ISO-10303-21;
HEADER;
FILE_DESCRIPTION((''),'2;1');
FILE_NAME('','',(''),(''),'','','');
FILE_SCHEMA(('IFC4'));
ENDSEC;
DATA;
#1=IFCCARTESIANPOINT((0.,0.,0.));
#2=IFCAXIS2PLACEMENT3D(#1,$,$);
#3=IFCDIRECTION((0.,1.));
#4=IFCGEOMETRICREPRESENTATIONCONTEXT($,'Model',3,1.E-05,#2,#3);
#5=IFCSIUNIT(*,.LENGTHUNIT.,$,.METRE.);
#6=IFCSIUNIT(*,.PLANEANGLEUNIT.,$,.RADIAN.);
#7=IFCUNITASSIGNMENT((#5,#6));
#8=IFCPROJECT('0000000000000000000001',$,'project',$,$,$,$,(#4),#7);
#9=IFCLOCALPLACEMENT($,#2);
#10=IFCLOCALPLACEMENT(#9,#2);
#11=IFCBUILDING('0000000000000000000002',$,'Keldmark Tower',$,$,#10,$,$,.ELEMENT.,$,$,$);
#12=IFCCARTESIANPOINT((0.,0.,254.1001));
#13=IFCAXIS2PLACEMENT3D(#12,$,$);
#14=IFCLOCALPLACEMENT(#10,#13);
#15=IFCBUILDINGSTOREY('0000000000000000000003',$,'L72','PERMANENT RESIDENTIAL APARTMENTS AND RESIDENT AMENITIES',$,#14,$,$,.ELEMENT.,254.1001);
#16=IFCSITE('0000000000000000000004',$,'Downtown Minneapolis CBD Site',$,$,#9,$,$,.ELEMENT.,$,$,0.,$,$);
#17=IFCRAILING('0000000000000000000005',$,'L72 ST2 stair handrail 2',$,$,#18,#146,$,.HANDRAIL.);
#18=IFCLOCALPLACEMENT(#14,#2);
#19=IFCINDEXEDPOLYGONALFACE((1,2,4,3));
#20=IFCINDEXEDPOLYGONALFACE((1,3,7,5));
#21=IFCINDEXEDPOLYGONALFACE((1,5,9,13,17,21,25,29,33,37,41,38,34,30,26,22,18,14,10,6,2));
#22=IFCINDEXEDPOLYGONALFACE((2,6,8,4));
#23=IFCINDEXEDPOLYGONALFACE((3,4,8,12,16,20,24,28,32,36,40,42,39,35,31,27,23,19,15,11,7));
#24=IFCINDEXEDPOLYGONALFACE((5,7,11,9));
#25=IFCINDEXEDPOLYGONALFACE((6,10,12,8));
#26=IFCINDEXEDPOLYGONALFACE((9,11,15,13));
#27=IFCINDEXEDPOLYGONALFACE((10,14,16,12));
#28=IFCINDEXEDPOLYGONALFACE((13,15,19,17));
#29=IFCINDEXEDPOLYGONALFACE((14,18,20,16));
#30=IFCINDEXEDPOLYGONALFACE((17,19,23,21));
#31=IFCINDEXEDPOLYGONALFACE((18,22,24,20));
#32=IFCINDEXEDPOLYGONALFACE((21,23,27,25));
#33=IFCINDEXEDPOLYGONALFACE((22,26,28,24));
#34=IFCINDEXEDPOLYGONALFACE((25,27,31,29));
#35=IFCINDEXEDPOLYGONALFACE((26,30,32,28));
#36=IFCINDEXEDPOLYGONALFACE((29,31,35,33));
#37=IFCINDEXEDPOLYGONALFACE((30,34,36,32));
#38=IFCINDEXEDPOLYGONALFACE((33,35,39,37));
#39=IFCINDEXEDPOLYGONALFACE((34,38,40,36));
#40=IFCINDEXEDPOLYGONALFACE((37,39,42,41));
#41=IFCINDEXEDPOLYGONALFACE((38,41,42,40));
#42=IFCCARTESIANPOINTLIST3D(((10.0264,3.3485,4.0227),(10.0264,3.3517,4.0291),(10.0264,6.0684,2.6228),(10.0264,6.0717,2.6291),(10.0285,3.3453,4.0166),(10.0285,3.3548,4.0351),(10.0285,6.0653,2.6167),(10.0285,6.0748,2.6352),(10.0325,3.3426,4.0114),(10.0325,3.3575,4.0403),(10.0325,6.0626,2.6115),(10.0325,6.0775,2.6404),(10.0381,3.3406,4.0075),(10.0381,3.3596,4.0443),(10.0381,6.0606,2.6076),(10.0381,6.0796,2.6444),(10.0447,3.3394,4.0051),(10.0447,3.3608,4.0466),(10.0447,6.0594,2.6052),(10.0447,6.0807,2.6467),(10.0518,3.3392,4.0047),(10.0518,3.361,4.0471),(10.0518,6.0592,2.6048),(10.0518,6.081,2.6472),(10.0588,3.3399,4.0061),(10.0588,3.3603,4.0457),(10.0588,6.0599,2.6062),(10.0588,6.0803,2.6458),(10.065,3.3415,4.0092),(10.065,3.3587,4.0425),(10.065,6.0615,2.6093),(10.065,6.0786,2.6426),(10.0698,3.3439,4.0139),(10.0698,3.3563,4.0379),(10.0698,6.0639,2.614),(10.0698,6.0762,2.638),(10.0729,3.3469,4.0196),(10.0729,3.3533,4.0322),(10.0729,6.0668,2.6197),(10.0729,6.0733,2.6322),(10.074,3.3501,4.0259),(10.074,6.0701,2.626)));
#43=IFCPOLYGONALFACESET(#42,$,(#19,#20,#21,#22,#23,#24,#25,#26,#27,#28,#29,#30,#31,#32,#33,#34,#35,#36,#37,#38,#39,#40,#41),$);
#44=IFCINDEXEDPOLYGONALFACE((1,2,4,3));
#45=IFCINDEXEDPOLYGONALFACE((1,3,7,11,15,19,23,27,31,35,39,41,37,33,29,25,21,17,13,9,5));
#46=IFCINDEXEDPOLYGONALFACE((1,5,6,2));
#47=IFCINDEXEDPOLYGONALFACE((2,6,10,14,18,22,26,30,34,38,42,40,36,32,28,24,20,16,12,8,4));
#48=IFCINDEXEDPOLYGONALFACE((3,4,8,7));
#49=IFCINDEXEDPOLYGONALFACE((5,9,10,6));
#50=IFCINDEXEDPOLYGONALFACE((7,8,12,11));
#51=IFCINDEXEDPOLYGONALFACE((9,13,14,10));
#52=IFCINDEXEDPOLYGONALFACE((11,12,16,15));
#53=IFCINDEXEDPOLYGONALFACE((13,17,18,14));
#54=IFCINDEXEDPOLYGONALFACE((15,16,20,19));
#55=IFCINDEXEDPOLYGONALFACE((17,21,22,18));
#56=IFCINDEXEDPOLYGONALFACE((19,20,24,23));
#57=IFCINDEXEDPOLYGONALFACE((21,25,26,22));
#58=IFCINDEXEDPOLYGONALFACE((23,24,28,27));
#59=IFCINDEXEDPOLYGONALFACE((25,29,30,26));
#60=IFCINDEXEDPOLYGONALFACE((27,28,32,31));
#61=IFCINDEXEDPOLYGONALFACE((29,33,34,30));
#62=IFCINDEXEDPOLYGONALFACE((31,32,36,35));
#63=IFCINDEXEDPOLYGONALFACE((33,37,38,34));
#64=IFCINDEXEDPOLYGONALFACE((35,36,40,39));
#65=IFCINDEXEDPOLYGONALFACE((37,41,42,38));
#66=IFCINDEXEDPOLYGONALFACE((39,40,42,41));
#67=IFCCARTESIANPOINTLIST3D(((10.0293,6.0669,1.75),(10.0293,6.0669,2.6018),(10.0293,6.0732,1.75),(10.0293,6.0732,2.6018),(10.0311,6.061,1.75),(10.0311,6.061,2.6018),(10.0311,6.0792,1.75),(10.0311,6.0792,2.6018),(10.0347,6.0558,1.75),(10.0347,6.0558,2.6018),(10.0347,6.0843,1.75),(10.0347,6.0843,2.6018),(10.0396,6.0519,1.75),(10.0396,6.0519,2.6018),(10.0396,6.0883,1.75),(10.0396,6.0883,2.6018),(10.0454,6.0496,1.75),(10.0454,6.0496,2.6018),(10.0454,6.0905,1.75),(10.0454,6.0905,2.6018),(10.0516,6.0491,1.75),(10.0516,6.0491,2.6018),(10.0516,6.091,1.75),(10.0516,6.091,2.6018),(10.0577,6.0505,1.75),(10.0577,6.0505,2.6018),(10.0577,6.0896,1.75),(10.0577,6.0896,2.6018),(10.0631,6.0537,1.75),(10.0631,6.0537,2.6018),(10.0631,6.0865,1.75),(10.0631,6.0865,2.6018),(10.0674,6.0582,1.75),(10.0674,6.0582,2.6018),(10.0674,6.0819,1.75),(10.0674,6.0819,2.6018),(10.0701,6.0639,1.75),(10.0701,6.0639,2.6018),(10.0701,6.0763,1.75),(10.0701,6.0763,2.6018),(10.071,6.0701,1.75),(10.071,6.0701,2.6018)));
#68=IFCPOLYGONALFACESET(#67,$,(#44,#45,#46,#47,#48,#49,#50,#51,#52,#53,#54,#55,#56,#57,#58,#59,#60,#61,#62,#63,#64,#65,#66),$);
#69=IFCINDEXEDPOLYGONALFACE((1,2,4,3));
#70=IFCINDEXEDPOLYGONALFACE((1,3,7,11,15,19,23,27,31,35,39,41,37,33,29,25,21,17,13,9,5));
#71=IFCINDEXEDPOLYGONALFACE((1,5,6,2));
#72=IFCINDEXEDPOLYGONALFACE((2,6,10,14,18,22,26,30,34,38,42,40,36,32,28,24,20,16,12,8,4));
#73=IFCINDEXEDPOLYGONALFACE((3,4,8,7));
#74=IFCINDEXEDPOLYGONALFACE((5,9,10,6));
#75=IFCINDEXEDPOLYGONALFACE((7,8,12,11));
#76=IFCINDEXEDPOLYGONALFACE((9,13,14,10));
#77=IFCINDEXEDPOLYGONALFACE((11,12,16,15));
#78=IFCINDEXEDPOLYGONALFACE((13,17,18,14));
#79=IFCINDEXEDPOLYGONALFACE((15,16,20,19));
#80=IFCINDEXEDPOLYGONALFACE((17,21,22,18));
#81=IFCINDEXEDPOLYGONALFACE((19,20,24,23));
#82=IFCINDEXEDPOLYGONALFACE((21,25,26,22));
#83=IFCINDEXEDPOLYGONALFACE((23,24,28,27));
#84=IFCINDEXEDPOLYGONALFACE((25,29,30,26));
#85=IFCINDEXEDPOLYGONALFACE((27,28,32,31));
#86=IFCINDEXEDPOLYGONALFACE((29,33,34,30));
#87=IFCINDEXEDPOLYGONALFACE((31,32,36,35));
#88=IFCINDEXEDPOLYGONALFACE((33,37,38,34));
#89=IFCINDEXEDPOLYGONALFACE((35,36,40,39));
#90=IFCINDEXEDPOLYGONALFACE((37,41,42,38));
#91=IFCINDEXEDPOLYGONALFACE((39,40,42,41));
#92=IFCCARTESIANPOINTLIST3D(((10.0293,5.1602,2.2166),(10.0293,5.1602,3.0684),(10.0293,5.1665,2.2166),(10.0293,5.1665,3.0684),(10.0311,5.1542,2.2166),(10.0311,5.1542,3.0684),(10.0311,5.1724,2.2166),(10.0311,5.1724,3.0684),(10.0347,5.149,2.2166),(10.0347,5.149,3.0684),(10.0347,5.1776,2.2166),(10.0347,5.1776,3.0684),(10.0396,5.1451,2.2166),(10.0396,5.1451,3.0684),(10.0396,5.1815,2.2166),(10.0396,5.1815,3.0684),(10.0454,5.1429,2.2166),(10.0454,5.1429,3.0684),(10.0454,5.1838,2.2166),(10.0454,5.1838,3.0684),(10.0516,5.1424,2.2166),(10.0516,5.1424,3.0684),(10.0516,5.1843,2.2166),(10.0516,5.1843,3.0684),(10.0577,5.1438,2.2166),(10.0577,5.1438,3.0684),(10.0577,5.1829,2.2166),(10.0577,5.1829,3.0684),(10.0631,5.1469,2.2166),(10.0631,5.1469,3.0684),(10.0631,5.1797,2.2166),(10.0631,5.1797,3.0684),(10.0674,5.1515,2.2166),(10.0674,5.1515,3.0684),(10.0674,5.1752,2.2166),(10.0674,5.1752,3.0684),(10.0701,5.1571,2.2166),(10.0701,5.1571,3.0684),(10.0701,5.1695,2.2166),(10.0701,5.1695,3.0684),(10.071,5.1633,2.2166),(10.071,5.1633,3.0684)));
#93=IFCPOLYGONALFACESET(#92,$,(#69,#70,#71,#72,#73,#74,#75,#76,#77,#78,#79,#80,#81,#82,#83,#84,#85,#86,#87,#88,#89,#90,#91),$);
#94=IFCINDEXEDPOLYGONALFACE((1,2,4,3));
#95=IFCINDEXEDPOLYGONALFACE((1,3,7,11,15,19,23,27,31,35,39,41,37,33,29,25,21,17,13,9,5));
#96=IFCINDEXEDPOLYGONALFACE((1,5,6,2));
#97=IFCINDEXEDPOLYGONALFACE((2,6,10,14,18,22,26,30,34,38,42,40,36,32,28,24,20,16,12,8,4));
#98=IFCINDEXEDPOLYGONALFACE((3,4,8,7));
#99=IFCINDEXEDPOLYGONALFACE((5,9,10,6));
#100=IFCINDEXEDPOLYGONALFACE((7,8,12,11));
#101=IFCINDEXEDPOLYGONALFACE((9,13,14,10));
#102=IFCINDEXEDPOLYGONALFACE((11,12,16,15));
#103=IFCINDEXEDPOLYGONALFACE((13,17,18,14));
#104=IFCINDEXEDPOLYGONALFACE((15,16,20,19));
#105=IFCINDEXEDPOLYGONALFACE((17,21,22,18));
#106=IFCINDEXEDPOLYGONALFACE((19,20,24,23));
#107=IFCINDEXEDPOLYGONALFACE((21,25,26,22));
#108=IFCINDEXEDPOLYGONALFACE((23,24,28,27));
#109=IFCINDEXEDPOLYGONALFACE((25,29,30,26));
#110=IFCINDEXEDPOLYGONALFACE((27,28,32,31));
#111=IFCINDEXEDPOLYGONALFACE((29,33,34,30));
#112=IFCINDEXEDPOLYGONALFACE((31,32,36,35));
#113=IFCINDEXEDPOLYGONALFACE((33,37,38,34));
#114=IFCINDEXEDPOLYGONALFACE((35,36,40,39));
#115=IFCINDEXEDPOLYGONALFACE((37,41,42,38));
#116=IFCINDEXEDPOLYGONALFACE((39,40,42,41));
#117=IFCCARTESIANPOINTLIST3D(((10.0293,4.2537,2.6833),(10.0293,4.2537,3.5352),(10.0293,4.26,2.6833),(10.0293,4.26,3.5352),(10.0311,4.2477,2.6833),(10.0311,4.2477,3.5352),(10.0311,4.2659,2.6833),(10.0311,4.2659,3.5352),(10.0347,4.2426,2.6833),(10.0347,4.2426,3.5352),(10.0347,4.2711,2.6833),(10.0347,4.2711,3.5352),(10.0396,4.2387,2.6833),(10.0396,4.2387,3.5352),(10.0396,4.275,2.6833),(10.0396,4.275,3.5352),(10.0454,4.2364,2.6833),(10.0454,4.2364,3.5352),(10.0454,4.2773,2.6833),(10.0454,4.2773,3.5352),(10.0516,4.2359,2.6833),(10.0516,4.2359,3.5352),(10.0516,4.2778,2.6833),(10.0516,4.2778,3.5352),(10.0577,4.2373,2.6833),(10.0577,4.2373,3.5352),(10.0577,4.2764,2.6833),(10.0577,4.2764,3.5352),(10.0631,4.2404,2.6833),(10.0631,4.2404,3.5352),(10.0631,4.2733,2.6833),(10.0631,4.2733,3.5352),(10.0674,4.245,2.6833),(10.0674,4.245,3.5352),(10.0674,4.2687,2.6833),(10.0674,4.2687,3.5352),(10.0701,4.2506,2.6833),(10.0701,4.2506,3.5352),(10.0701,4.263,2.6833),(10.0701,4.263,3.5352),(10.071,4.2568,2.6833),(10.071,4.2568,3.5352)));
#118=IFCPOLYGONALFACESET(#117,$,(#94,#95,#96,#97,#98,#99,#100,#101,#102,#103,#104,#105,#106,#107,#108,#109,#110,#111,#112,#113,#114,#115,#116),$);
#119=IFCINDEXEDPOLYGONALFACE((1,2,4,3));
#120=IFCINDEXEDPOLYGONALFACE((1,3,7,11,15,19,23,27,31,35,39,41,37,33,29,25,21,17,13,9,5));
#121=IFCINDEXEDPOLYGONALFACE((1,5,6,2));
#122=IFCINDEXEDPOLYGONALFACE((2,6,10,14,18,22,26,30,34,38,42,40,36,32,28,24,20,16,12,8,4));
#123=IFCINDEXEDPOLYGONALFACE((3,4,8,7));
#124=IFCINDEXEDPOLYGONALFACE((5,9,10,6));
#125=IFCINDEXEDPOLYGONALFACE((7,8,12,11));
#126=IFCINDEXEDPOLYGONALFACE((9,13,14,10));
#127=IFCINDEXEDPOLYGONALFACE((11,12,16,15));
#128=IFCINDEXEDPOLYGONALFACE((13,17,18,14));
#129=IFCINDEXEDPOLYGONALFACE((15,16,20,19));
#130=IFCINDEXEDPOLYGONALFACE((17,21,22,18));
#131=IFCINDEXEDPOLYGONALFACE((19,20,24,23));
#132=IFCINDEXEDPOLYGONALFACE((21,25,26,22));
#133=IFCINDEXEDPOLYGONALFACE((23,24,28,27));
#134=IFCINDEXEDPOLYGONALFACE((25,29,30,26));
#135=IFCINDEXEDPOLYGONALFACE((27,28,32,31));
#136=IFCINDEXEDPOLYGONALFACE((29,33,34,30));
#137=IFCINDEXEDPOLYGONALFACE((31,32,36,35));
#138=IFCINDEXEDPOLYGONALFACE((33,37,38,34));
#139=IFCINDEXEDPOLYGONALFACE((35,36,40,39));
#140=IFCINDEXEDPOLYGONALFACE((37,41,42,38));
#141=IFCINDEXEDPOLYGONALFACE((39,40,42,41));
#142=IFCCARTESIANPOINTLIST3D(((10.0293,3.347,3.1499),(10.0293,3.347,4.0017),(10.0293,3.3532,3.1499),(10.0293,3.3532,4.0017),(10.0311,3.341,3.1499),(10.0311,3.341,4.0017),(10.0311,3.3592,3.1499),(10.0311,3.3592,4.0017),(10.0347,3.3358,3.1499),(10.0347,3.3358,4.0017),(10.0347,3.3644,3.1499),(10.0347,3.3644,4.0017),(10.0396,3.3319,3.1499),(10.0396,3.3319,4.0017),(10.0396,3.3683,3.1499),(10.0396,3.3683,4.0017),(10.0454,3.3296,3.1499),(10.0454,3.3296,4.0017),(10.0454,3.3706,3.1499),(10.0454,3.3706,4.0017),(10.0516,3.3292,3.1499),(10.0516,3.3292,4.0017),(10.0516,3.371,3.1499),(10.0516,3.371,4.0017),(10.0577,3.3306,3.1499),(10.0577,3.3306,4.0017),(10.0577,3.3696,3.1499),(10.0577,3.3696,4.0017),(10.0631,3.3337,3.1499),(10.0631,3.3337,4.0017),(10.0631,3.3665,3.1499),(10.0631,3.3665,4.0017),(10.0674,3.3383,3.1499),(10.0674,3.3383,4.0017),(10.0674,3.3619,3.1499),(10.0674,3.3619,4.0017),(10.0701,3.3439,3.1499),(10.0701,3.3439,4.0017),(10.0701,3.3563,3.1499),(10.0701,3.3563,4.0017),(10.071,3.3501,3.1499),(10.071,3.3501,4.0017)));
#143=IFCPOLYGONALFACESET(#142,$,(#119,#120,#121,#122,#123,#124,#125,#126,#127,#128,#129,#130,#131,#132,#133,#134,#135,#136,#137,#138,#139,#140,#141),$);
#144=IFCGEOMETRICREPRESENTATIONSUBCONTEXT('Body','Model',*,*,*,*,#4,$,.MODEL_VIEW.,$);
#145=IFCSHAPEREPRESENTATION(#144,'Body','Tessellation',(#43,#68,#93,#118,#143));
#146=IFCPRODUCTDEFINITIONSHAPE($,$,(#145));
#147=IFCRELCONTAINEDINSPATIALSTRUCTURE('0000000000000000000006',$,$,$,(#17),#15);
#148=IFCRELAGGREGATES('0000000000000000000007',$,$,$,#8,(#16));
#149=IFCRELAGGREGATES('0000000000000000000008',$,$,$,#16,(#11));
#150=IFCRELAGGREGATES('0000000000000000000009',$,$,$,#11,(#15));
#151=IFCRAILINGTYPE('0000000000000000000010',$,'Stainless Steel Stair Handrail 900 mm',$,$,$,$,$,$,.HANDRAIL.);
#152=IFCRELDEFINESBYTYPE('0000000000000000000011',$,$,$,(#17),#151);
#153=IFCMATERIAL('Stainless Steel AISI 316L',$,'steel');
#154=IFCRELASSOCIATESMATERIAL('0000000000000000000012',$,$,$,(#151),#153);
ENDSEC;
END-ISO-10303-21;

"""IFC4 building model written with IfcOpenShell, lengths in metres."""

from ifc_helpers import new_model, si_unit, direction, frame, origin, origin_2d, place, context, subcontext, project, spatial, circle, extrude, material, type_object, element, save


model = new_model("IFC4")

# Units and contexts
model_context = context("Model", 3, precision=1e-05, world=origin(), true_north=direction((0.0, 1.0)))
body_context = subcontext(model_context, "Body", "Model", "MODEL_VIEW")
ifc_project = project(units=[si_unit("LENGTHUNIT", "METRE"), si_unit("PLANEANGLEUNIT", "RADIAN")], contexts=[model_context])

# Site, building, storey
site_placement = place(None, origin())
site = spatial("IfcSite", under=ifc_project, at=site_placement, Name="Downtown Minneapolis CBD Site", CompositionType="ELEMENT", RefElevation=0.0)
building_placement = place(site_placement, origin())
building = spatial("IfcBuilding", under=site, at=building_placement, Name="Keldmark Tower", CompositionType="ELEMENT")
storey_placement = place(building_placement, frame((0.0, 0.0, 254.1001)))
storey = spatial("IfcBuildingStorey", under=building, at=storey_placement, Name="L72", Description="PERMANENT RESIDENTIAL APARTMENTS AND RESIDENT AMENITIES", CompositionType="ELEMENT", Elevation=254.1001)

# Railing
ifc_material_1 = material(Name="Stainless Steel AISI 316L", Category="steel")
railing_type_1 = type_object("IfcRailingType", Name="Stainless Steel Stair Handrail 900 mm", PredefinedType="HANDRAIL", material=ifc_material_1)
railing_1_placement = place(storey_placement, frame((10.05, 6.0701, 1.75)))
element("IfcRailing", 1, at=railing_1_placement, inside=storey, type_object=railing_type_1, Name="L72 ST2 stair handrail 2", PredefinedType="HANDRAIL", context=body_context, shape_type="SweptSolid", body=[
    extrude(circle(Radius=0.0239, at=origin_2d()), frame((0.0, 0.0, 0.876), z_axis=(0.0, -0.889147, 0.457622), x_axis=(1.0, 0.0, 0.0)), (0.0, 0.0, 1.0), 3.0591),
    extrude(circle(Radius=0.021, at=origin_2d()), origin(), (0.0, 0.0, 1.0), 0.8518),
    extrude(circle(Radius=0.021, at=origin_2d()), frame((0.0, -0.9067, 0.4666)), (0.0, 0.0, 1.0), 0.8518),
    extrude(circle(Radius=0.021, at=origin_2d()), frame((0.0, -1.8132, 0.9333)), (0.0, 0.0, 1.0), 0.8518),
    extrude(circle(Radius=0.021, at=origin_2d()), frame((0.0, -2.72, 1.3999)), (0.0, 0.0, 1.0), 0.8518),
])

save(model, "model.ifc")
